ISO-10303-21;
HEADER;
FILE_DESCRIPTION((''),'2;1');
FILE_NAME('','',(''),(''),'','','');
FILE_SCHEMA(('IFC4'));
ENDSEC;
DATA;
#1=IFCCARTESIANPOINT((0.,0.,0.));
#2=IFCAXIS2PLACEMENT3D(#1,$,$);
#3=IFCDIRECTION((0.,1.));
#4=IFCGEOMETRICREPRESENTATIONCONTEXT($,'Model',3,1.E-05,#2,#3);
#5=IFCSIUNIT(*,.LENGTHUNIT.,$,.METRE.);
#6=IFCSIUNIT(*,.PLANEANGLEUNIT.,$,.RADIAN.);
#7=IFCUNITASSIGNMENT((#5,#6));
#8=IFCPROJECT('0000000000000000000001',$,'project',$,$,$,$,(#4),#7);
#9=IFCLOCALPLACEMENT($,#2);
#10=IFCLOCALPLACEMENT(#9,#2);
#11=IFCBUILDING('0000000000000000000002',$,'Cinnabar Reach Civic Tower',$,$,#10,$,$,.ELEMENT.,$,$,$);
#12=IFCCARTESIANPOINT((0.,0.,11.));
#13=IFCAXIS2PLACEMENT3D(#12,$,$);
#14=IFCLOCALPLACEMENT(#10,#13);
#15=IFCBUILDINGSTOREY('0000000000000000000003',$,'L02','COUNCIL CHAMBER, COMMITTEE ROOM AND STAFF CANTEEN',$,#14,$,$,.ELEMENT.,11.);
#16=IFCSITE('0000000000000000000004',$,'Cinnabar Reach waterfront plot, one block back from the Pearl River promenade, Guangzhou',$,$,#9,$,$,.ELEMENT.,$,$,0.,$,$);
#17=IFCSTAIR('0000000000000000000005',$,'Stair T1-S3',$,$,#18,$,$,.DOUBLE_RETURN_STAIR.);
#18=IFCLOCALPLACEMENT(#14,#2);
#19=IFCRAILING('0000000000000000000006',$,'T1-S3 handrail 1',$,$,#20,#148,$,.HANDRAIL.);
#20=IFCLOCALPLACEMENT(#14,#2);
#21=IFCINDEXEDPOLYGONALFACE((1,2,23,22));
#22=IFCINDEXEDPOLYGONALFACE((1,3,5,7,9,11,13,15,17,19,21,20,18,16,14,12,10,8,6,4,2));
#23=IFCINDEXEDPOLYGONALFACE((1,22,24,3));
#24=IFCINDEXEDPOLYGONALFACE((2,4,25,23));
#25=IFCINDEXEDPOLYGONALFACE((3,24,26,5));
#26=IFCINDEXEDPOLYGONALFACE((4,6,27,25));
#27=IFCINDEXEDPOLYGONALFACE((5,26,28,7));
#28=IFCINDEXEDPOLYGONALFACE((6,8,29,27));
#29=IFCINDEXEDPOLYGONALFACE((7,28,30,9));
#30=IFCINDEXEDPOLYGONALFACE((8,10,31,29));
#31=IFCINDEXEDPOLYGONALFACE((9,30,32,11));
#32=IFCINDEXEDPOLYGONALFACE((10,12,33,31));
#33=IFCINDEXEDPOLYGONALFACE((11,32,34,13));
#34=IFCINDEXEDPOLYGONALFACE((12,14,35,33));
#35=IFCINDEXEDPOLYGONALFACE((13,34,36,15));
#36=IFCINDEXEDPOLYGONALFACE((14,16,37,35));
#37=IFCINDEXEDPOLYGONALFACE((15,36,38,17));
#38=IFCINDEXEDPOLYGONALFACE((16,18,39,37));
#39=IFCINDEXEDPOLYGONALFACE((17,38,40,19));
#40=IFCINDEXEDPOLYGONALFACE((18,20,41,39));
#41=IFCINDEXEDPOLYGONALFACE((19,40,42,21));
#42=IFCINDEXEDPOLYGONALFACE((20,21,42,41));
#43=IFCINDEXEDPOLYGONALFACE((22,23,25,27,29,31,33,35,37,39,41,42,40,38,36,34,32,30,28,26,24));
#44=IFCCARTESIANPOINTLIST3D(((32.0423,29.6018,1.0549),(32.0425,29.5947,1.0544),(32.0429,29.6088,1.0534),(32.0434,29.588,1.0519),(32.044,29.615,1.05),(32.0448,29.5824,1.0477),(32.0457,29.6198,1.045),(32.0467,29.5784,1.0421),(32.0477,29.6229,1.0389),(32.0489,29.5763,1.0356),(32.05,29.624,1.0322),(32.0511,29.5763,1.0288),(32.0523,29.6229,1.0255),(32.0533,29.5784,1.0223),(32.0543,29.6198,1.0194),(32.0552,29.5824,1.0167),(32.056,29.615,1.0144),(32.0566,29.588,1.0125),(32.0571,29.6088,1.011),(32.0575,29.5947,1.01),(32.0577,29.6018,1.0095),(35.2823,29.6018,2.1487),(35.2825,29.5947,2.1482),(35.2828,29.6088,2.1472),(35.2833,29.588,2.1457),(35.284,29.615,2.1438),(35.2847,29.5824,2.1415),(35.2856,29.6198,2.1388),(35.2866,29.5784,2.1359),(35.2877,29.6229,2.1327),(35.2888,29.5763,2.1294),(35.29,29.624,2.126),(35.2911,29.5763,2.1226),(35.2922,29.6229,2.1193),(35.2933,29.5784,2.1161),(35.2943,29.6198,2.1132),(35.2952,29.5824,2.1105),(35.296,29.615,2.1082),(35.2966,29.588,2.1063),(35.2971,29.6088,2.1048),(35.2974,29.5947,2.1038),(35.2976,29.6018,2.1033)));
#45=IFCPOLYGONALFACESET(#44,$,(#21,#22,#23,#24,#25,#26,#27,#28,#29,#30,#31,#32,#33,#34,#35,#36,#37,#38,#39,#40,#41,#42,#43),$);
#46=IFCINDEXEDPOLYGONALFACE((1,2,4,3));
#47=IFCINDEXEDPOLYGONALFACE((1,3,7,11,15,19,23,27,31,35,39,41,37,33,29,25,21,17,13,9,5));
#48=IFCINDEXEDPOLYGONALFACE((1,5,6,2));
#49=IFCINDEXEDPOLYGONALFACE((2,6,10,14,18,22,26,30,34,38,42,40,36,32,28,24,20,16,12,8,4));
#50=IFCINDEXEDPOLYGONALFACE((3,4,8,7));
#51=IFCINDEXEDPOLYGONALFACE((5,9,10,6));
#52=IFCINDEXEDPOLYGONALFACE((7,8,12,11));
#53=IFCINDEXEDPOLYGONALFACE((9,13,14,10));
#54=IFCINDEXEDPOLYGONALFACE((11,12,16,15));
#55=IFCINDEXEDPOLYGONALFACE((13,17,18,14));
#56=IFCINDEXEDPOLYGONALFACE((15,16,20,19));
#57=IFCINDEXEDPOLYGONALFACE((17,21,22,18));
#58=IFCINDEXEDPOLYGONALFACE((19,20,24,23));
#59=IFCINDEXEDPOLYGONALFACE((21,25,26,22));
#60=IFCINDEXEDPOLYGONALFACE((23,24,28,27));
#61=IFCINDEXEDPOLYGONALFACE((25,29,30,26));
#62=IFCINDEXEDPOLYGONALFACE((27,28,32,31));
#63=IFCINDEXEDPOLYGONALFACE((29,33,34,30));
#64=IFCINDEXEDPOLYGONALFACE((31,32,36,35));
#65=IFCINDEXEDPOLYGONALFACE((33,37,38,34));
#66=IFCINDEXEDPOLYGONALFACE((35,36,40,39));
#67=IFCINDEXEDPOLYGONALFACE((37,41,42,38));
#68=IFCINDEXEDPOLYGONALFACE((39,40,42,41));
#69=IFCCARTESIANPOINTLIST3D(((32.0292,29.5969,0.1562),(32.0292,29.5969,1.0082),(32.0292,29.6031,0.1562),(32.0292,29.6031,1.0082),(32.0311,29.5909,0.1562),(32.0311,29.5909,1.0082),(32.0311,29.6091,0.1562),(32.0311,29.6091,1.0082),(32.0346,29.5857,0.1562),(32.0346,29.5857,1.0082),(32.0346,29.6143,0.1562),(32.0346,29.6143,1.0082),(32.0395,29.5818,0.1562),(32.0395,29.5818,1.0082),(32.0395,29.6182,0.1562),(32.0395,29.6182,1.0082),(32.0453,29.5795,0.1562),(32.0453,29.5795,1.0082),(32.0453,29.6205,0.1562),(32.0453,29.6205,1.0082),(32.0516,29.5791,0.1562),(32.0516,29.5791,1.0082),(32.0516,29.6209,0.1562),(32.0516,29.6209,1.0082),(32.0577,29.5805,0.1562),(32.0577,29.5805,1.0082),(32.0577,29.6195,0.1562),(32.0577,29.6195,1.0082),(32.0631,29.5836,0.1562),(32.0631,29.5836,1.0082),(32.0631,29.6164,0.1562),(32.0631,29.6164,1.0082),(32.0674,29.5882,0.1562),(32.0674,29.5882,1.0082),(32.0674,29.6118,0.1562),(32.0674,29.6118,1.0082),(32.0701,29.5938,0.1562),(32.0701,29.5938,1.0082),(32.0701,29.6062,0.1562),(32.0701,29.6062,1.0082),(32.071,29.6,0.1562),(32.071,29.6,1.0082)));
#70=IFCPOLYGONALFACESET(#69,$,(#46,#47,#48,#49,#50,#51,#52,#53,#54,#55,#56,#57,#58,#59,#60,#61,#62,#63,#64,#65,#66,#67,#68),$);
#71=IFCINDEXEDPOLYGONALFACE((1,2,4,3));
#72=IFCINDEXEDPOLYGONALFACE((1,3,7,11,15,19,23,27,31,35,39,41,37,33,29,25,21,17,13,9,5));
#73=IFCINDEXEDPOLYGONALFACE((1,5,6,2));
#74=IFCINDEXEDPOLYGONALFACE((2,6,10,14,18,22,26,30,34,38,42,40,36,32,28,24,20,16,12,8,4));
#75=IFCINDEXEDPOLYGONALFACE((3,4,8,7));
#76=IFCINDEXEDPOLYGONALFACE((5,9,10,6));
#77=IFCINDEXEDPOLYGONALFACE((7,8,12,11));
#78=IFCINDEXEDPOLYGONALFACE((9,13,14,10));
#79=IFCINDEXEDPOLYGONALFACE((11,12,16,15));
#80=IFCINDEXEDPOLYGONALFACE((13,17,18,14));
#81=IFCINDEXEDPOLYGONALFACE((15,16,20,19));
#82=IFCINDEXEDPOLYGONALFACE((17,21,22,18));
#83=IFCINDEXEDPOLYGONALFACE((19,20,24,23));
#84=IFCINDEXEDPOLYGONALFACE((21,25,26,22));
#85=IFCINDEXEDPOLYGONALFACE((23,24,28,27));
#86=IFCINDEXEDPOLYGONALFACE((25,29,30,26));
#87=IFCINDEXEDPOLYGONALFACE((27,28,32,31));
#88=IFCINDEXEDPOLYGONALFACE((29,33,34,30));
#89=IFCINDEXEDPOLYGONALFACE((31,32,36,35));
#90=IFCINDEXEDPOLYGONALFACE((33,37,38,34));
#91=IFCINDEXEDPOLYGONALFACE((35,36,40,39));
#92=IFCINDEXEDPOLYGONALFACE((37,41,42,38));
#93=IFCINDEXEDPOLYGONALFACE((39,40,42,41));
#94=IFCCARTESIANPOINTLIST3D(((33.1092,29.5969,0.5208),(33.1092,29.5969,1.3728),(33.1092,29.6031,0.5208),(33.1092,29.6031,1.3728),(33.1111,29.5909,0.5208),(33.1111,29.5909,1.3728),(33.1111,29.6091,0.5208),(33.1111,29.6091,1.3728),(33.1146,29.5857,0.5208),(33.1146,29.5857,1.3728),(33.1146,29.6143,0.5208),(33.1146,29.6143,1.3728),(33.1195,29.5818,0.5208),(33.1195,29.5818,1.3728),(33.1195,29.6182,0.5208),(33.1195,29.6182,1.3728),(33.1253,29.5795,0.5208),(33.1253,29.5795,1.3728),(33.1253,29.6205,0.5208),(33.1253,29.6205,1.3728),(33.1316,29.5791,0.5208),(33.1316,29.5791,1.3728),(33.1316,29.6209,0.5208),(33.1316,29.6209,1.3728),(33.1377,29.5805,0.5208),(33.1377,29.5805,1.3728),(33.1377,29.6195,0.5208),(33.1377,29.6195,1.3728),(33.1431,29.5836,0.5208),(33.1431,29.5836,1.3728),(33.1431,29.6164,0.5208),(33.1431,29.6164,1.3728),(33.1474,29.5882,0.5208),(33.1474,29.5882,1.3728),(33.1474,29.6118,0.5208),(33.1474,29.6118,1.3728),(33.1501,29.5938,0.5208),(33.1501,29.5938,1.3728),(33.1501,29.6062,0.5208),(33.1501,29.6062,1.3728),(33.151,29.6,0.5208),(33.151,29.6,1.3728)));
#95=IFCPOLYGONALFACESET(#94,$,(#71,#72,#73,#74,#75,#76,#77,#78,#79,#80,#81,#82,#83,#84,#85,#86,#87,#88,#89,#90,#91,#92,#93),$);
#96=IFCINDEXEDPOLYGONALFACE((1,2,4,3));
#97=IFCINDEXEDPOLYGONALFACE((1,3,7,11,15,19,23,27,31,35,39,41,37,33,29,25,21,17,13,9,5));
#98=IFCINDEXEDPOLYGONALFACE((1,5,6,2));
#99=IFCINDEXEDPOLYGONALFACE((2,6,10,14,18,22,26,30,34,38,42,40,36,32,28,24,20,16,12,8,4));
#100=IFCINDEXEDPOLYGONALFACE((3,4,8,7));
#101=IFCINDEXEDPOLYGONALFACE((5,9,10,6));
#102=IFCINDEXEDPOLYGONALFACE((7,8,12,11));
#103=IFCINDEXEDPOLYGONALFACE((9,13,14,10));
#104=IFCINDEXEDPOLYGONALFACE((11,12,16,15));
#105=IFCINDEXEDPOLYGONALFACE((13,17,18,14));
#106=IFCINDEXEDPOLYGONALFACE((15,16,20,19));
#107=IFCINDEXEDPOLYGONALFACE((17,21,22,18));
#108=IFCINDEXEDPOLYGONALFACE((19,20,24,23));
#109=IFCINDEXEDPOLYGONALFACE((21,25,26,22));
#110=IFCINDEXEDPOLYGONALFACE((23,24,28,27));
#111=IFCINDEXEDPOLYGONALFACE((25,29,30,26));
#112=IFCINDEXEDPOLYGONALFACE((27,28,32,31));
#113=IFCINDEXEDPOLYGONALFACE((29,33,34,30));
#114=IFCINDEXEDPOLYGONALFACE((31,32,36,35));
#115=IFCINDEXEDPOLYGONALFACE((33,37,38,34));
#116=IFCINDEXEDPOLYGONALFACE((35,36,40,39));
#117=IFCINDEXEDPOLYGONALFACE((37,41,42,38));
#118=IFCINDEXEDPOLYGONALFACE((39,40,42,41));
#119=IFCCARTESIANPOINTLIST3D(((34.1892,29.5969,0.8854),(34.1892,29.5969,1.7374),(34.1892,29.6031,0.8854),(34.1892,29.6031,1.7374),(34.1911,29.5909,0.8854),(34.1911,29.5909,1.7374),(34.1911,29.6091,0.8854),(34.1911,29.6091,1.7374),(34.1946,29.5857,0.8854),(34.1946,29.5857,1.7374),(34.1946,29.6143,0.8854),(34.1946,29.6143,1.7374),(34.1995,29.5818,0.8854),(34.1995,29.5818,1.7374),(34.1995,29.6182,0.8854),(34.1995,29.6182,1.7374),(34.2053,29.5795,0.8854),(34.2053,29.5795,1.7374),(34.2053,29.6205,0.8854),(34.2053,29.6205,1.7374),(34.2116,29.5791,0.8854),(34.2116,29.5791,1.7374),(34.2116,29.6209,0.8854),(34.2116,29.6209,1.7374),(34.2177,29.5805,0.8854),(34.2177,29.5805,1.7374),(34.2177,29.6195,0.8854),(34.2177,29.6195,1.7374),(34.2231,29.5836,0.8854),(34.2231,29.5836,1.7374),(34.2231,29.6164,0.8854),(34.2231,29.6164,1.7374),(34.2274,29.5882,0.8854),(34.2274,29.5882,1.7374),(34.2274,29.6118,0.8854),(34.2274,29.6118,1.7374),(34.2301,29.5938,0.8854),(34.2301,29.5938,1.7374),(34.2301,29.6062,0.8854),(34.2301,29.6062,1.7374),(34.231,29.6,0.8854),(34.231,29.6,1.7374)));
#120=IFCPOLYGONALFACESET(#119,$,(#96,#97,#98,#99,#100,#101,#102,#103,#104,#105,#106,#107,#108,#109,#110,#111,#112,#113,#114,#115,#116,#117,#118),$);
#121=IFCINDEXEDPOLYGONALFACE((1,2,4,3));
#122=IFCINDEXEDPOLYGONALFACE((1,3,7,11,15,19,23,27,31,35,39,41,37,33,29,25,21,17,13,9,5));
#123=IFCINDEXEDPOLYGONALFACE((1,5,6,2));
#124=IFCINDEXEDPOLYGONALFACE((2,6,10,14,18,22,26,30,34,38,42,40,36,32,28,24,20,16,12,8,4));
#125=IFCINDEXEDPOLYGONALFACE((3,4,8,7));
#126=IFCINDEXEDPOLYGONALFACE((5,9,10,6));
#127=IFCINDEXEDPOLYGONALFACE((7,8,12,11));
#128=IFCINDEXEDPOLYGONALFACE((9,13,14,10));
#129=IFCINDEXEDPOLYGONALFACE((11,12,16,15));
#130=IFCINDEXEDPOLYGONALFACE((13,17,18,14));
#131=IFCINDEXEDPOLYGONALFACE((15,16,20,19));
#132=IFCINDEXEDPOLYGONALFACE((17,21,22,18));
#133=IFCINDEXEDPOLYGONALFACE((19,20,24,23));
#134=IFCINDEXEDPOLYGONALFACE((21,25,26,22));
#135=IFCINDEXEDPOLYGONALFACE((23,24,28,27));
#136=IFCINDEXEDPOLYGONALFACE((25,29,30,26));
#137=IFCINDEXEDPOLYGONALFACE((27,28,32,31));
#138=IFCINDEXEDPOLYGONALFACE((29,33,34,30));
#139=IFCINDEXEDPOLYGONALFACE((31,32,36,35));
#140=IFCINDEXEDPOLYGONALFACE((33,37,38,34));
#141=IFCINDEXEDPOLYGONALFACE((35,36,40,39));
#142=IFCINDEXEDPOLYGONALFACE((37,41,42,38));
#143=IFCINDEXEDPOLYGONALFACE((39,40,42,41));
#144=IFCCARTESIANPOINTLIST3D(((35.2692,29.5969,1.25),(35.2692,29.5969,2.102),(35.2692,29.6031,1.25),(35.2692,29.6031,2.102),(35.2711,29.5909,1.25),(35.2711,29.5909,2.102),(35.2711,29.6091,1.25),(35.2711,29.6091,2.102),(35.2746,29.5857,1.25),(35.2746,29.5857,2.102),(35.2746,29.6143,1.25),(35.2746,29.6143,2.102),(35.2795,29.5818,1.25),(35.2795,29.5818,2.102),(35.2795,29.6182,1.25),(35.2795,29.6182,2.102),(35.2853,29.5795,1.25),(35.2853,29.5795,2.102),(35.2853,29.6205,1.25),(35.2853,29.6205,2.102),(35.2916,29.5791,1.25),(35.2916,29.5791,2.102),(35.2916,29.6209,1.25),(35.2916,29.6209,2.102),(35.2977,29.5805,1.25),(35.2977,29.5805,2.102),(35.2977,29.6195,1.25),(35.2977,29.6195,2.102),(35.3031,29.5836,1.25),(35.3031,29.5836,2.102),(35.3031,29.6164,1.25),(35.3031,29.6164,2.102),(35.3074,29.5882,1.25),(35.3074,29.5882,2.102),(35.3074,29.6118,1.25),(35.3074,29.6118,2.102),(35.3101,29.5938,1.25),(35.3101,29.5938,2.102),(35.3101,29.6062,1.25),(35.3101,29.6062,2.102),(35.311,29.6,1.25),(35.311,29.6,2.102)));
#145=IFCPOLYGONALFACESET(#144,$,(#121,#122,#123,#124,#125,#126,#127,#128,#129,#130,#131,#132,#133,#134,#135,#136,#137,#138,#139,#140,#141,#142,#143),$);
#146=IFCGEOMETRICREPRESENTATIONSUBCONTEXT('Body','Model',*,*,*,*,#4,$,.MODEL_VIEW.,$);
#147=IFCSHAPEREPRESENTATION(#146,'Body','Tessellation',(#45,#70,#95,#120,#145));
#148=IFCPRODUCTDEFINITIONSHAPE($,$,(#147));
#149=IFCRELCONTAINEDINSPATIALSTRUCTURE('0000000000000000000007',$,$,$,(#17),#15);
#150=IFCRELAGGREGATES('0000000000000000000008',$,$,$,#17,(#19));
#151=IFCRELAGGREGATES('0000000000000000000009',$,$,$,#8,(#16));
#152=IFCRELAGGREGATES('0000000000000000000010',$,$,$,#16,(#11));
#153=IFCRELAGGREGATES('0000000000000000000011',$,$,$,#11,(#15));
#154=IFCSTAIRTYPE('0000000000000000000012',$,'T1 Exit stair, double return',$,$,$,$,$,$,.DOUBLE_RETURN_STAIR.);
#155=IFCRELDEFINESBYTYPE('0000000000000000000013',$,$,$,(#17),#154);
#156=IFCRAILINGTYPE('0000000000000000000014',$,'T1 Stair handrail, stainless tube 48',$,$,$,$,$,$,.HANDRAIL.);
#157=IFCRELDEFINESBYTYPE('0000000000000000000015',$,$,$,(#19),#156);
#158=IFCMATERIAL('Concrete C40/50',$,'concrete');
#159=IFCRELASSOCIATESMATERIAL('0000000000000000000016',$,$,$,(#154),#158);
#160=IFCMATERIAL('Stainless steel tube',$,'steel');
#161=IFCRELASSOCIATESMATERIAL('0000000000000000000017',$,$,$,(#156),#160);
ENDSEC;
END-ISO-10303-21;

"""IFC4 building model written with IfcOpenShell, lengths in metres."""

from ifc_helpers import new_model, si_unit, direction, frame, origin, origin_2d, place, context, subcontext, project, spatial, circle, extrude, material, type_object, element, aggregate, save


model = new_model("IFC4")

# Units and contexts
model_context = context("Model", 3, precision=1e-05, world=origin(), true_north=direction((0.0, 1.0)))
body_context = subcontext(model_context, "Body", "Model", "MODEL_VIEW")
ifc_project = project(units=[si_unit("LENGTHUNIT", "METRE"), si_unit("PLANEANGLEUNIT", "RADIAN")], contexts=[model_context])

# Site, building, storey
site_placement = place(None, origin())
site = spatial("IfcSite", under=ifc_project, at=site_placement, Name="Cinnabar Reach waterfront plot, one block back from the Pearl River promenade, Guangzhou", CompositionType="ELEMENT", RefElevation=0.0)
building_placement = place(site_placement, origin())
building = spatial("IfcBuilding", under=site, at=building_placement, Name="Cinnabar Reach Civic Tower", CompositionType="ELEMENT")
storey_placement = place(building_placement, frame((0.0, 0.0, 11.0)))
storey = spatial("IfcBuildingStorey", under=building, at=storey_placement, Name="L02", Description="COUNCIL CHAMBER, COMMITTEE ROOM AND STAFF CANTEEN", CompositionType="ELEMENT", Elevation=11.0)

# Stair, railing
ifc_material_1 = material(Name="Concrete C40/50", Category="concrete")
stair_type = type_object("IfcStairType", Name="T1 Exit stair, double return", PredefinedType="DOUBLE_RETURN_STAIR", material=ifc_material_1)
stair_placement = place(storey_placement, origin())
stair = element("IfcStair", 1, at=stair_placement, inside=storey, type_object=stair_type, Name="Stair T1-S3", PredefinedType="DOUBLE_RETURN_STAIR")
ifc_material_2 = material(Name="Stainless steel tube", Category="steel")
railing_type = type_object("IfcRailingType", Name="T1 Stair handrail, stainless tube 48", PredefinedType="HANDRAIL", material=ifc_material_2)
railing_1_placement = place(storey_placement, frame((32.05, 29.6, 0.1562)))
railing_1 = element("IfcRailing", 2, at=railing_1_placement, type_object=railing_type, Name="T1-S3 handrail 1", PredefinedType="HANDRAIL", context=body_context, shape_type="SweptSolid", body=[
    extrude(circle(Radius=0.024, at=origin_2d()), frame((0.0, 0.0, 0.876), z_axis=(0.947466, 0.0, 0.319857), x_axis=(0.0, 1.0, 0.0)), (0.0, 0.0, 1.0), 3.4196),
    extrude(circle(Radius=0.021, at=origin_2d()), origin(), (0.0, 0.0, 1.0), 0.852),
    extrude(circle(Radius=0.021, at=origin_2d()), frame((1.08, 0.0, 0.3646)), (0.0, 0.0, 1.0), 0.852),
    extrude(circle(Radius=0.021, at=origin_2d()), frame((2.16, 0.0, 0.7292)), (0.0, 0.0, 1.0), 0.852),
    extrude(circle(Radius=0.021, at=origin_2d()), frame((3.24, 0.0, 1.0938)), (0.0, 0.0, 1.0), 0.852),
])
aggregate(stair, [railing_1])

save(model, "model.ifc")
